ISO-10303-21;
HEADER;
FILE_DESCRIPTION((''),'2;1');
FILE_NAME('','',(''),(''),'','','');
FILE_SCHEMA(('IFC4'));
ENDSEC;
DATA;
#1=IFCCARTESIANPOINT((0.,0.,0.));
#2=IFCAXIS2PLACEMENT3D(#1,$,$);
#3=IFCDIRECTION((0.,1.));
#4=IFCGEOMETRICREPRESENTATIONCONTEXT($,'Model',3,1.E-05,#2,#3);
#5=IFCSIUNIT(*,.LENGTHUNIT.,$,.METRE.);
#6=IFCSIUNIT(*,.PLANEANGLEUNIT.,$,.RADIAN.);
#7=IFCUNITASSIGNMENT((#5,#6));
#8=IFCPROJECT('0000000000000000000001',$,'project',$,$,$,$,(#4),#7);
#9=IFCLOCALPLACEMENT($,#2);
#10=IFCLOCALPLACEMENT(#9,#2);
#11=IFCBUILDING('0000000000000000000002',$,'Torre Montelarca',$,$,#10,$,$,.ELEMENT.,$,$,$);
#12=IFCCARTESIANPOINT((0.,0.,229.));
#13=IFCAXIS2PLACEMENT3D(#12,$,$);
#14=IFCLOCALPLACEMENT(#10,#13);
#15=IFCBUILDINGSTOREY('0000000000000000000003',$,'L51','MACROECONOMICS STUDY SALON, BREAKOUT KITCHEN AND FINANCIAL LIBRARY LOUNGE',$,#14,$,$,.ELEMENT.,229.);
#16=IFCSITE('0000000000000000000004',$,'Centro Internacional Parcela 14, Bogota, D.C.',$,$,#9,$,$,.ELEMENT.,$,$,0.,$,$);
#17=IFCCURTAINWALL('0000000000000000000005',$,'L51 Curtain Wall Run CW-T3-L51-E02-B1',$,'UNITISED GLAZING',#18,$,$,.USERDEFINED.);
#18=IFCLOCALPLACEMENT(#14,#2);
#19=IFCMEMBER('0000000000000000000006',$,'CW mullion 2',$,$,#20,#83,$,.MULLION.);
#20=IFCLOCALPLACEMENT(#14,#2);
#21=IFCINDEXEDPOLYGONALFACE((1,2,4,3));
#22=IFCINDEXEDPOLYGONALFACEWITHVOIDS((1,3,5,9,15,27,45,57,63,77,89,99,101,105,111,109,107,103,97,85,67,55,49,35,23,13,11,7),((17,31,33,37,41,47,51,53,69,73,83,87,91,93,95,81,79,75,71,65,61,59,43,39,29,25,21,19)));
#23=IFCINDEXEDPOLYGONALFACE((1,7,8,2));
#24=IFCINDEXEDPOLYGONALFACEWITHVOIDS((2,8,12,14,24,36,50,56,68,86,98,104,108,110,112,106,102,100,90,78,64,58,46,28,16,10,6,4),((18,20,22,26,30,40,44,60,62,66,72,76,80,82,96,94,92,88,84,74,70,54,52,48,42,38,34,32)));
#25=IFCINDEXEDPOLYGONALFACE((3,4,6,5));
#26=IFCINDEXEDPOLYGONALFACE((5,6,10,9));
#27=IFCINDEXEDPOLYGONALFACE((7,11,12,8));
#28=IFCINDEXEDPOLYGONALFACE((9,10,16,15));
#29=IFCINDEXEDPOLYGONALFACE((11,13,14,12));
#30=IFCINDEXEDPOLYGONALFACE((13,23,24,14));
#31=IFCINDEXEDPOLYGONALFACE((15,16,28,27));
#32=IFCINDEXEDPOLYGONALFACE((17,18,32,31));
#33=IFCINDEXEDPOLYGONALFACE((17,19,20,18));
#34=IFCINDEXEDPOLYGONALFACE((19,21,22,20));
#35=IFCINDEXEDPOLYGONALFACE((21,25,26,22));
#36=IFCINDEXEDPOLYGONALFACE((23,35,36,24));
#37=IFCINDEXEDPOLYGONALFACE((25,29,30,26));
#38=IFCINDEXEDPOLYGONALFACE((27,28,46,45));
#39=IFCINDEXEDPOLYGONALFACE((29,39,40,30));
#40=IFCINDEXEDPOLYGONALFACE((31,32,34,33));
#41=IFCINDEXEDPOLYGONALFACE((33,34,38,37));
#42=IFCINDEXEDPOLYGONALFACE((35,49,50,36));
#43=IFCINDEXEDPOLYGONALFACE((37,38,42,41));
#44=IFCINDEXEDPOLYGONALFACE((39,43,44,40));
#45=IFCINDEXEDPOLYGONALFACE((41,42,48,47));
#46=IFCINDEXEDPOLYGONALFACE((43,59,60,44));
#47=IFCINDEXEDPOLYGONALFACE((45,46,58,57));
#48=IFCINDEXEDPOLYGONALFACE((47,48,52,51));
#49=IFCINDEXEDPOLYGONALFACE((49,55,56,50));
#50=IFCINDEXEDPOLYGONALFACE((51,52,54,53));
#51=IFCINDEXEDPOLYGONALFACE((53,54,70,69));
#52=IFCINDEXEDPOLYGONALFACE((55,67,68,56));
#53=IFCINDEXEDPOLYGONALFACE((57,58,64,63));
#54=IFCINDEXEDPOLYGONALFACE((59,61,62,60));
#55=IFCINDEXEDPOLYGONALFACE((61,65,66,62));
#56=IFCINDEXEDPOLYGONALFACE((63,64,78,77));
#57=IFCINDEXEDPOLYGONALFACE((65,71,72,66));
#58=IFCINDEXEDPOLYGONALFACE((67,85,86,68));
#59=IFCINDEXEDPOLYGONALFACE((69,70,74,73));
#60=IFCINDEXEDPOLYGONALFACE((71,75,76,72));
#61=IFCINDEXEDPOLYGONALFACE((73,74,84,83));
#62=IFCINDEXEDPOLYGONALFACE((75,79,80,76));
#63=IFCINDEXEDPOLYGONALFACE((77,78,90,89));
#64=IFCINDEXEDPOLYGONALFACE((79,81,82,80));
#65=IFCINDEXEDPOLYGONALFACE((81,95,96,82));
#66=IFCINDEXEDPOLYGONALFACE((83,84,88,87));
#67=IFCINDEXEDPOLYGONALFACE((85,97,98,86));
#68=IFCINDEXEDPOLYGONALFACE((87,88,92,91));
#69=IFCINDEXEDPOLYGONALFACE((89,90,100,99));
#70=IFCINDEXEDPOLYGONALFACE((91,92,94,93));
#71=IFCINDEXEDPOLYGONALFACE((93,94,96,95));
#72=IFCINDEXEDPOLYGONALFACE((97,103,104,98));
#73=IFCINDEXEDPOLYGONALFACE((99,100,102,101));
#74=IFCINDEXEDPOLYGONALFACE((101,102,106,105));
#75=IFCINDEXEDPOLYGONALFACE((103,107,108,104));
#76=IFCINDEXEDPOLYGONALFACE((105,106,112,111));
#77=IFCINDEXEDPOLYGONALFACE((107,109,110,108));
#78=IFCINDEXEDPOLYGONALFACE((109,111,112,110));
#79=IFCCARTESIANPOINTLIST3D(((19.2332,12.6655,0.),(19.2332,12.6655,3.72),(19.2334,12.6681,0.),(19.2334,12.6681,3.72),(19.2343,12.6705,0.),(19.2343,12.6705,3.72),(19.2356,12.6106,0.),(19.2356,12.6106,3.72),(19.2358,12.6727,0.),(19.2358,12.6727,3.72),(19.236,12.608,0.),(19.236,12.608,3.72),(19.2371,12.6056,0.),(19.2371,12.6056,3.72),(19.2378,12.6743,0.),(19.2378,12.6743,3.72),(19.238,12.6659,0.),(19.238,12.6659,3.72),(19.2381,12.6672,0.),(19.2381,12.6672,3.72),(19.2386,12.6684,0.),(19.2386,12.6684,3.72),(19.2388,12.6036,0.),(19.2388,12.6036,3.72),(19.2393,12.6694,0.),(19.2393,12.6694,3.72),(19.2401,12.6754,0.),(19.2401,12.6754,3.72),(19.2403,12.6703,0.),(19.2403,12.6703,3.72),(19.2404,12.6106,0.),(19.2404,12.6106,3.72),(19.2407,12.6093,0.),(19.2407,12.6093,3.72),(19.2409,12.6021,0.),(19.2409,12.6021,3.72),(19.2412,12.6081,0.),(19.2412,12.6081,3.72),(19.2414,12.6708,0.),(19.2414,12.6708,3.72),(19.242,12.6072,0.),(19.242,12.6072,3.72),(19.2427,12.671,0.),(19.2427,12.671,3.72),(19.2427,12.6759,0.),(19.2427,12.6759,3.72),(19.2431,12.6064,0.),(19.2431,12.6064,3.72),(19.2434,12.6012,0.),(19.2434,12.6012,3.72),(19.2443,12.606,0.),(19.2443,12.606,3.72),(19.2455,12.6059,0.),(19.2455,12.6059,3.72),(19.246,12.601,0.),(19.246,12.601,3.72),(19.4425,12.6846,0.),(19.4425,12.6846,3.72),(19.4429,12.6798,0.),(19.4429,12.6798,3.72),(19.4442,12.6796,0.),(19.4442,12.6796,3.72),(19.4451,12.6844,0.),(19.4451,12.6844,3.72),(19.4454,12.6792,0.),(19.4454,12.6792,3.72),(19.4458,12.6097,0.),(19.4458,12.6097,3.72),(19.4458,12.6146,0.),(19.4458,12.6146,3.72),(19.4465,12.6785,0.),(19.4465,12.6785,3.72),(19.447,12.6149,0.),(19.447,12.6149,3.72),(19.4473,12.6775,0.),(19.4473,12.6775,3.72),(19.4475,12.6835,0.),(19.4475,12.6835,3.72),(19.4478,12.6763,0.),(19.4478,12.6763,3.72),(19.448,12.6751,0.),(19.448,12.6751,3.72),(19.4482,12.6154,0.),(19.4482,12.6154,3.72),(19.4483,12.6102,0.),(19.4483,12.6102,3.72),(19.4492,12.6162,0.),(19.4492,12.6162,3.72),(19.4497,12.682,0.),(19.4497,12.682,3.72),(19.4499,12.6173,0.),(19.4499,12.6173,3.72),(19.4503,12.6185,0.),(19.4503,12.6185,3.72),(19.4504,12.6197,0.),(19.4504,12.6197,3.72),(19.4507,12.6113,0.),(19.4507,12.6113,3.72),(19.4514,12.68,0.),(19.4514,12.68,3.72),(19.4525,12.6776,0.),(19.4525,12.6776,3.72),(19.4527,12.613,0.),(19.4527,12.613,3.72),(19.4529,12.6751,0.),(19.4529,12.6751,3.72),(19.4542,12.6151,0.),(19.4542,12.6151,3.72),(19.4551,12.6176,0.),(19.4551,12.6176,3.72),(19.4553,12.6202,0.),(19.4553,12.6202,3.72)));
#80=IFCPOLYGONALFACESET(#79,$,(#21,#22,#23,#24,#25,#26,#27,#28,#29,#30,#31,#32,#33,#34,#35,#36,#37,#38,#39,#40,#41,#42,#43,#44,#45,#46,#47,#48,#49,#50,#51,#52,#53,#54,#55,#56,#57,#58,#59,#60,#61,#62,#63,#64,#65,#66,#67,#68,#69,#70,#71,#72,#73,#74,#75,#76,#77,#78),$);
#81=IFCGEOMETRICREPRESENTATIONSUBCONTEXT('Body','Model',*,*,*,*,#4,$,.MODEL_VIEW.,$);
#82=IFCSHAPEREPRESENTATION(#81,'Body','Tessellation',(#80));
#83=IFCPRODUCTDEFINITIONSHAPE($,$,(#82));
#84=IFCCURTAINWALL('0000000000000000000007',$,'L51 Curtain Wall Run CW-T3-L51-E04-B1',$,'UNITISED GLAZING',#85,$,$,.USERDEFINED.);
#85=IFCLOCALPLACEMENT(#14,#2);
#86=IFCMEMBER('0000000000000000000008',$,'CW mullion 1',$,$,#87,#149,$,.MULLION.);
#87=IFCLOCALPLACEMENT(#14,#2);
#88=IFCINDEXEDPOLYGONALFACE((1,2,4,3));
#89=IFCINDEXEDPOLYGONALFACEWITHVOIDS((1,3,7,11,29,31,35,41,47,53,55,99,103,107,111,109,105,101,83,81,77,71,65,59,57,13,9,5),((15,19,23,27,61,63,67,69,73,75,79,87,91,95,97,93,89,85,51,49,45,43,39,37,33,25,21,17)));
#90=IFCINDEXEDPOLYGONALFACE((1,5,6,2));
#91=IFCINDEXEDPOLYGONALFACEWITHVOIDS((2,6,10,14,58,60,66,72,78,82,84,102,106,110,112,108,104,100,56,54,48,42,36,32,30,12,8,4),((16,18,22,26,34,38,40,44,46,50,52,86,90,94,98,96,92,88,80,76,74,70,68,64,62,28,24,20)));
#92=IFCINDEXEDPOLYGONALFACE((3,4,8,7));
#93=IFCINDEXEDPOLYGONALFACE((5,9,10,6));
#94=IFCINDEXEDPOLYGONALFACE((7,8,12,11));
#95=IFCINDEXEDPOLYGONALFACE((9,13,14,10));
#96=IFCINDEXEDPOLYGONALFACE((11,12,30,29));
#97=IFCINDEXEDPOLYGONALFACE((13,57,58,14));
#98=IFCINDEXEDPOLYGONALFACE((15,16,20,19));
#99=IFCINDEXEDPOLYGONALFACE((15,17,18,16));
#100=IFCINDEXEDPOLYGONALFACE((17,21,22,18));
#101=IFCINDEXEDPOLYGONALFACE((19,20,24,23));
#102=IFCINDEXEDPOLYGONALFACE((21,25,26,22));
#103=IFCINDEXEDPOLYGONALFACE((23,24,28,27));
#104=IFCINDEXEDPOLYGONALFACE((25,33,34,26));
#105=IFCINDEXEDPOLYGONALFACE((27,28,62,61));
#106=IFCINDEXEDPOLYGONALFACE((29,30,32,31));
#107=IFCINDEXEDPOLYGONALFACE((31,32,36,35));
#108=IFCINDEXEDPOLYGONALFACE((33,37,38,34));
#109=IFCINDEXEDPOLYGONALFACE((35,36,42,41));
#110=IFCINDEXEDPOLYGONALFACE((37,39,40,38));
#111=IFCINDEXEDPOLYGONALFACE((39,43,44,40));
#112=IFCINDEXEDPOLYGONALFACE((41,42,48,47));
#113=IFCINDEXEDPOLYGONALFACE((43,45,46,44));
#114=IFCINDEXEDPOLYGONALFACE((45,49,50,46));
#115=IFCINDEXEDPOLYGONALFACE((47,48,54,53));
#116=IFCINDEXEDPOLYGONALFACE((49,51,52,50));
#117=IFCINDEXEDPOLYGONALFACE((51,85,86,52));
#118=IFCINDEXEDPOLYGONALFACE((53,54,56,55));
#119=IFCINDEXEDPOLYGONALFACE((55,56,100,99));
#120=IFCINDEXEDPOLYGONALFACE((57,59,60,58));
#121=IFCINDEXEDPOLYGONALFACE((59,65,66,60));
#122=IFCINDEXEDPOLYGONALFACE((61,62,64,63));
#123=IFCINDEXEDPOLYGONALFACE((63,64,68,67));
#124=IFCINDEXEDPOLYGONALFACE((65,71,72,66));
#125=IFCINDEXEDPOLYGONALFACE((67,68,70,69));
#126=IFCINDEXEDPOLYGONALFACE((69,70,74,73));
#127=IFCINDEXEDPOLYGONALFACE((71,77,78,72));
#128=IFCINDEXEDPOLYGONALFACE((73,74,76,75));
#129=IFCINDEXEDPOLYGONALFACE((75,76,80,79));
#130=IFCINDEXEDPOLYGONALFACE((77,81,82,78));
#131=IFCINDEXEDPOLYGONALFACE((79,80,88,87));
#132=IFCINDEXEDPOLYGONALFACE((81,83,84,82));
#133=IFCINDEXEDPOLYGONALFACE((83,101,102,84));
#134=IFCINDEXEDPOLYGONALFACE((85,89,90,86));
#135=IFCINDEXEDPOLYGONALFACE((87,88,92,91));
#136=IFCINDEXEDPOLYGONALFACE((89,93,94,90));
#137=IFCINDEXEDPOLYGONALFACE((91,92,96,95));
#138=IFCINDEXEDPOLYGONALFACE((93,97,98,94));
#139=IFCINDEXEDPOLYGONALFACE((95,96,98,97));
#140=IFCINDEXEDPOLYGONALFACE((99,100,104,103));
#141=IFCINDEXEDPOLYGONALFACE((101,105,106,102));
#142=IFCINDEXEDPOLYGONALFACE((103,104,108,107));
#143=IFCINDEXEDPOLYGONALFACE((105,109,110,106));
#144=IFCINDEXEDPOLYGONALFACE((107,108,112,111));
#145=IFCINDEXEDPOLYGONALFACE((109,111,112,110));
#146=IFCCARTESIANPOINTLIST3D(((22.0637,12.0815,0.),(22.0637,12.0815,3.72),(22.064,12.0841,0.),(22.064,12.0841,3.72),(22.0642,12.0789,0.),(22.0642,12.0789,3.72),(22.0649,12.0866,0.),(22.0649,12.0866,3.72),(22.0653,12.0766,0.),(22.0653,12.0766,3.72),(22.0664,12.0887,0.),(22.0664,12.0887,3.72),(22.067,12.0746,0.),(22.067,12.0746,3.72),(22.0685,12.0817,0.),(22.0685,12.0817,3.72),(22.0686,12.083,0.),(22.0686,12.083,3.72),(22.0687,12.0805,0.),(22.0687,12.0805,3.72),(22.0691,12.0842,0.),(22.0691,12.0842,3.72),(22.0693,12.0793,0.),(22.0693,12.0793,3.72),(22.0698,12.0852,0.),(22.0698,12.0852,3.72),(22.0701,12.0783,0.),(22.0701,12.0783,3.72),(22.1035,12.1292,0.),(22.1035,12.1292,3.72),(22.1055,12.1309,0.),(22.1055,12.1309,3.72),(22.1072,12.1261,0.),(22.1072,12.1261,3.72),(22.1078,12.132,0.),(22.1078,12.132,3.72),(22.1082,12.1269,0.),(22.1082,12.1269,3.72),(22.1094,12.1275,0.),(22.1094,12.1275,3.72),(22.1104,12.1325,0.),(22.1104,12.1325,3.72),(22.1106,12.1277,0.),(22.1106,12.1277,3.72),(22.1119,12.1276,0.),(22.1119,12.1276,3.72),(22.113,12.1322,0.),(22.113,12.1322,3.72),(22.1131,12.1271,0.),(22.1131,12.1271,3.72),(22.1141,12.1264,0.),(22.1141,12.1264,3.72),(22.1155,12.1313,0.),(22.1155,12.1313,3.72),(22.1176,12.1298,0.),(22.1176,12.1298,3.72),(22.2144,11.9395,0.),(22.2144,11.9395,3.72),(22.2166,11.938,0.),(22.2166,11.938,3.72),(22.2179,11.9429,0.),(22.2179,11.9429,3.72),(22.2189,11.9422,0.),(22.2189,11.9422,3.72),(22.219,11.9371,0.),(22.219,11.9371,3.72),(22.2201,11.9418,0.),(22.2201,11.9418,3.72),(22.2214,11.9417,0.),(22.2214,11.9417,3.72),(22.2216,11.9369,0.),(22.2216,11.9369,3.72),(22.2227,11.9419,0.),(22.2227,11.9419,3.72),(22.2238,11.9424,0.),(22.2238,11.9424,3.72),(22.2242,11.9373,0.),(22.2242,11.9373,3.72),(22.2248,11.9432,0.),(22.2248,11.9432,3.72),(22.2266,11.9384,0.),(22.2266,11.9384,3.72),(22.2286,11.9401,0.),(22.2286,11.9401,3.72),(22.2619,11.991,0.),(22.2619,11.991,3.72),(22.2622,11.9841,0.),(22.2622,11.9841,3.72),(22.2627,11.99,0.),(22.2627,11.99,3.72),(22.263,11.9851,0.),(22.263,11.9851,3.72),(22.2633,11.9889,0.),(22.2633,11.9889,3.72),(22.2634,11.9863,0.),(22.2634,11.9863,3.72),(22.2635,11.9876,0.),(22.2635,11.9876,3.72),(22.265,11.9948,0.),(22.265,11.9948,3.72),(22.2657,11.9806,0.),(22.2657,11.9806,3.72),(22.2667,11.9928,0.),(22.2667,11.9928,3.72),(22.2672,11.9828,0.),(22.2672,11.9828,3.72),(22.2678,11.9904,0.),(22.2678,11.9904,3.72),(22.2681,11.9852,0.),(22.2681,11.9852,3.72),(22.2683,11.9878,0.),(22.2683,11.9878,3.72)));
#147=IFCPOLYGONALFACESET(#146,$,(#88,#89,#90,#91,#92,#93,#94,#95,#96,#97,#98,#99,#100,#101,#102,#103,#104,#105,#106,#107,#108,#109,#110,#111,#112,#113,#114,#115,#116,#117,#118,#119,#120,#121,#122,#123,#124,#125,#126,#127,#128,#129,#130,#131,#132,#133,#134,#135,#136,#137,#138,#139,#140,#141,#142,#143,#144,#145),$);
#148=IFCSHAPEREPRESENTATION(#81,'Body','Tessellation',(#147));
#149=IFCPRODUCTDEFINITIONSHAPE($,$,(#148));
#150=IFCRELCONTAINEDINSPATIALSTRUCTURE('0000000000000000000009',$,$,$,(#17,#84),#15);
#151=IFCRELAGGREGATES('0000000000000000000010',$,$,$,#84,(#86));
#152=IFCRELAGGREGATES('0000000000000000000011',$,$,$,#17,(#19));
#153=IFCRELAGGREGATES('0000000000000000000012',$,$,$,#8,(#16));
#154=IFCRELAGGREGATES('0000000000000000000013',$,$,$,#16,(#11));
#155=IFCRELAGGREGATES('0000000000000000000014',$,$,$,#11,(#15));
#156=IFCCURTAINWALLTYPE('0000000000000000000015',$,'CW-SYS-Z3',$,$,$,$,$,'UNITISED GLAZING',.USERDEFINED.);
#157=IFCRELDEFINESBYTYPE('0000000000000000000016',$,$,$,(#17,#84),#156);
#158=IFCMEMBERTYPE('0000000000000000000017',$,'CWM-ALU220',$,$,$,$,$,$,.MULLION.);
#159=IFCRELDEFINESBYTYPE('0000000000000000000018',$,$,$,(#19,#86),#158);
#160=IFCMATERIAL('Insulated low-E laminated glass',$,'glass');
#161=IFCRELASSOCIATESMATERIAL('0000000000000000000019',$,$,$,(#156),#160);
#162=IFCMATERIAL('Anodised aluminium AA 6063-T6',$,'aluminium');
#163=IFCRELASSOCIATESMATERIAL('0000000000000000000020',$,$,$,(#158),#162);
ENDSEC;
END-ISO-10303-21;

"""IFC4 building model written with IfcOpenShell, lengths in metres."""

from ifc_helpers import new_model, si_unit, direction, frame, origin, origin_2d, place, context, subcontext, project, spatial, hollow_rectangle, extrude, source, transform, mapped, material, material_profile, profile_set, type_object, element, aggregate, save


model = new_model("IFC4")

# Units and contexts
model_context = context("Model", 3, precision=1e-05, world=origin(), true_north=direction((0.0, 1.0)))
body_context = subcontext(model_context, "Body", "Model", "MODEL_VIEW")
ifc_project = project(units=[si_unit("LENGTHUNIT", "METRE"), si_unit("PLANEANGLEUNIT", "RADIAN")], contexts=[model_context])

# Site, building, storey
site_placement = place(None, origin())
site = spatial("IfcSite", under=ifc_project, at=site_placement, Name="Centro Internacional Parcela 14, Bogota, D.C.", CompositionType="ELEMENT", RefElevation=0.0)
building_placement = place(site_placement, origin())
building = spatial("IfcBuilding", under=site, at=building_placement, Name="Torre Montelarca", CompositionType="ELEMENT")
storey_placement = place(building_placement, frame((0.0, 0.0, 229.0)))
storey = spatial("IfcBuildingStorey", under=building, at=storey_placement, Name="L51", Description="MACROECONOMICS STUDY SALON, BREAKOUT KITCHEN AND FINANCIAL LIBRARY LOUNGE", CompositionType="ELEMENT", Elevation=229.0)

# Curtain wall
ifc_material_1 = material(Name="Insulated low-E laminated glass", Category="glass")
curtain_wall_type = type_object("IfcCurtainWallType", Name="CW-SYS-Z3", ElementType="UNITISED GLAZING", PredefinedType="USERDEFINED", material=ifc_material_1)
curtain_wall_1_placement = place(storey_placement, origin())
curtain_wall_1 = element("IfcCurtainWall", 1, at=curtain_wall_1_placement, inside=storey, type_object=curtain_wall_type, Name="L51 Curtain Wall Run CW-T3-L51-E02-B1", ObjectType="UNITISED GLAZING", PredefinedType="USERDEFINED")
ifc_material_2 = material(Name="Anodised aluminium AA 6063-T6", Category="aluminium")
ifc_material_profile_1 = material_profile(ifc_material_2, hollow_rectangle(XDim=0.075, YDim=0.22, WallThickness=0.0049, InnerFilletRadius=0.0049, OuterFilletRadius=0.01, at=origin_2d()), Name="ALU75X220X5", Category="aluminium")
ifc_profile_set_1 = profile_set([ifc_material_profile_1], Name="Anodised aluminium AA 6063-T6")
member_type_1 = type_object("IfcMemberType", Name="CWM-ALU220", PredefinedType="MULLION", material=ifc_profile_set_1)
shared_shape_1 = source(origin(), body_context, "Body", "SweptSolid", [
    extrude(hollow_rectangle(XDim=0.075, YDim=0.22, WallThickness=0.0049, InnerFilletRadius=0.0049, OuterFilletRadius=0.01, at=origin_2d()), origin(), (0.0, 0.0, 1.0), 3.72),
])

# Member
member_1_placement = place(storey_placement, frame((19.3442, 12.6428, 0.0), z_axis=(0.0, 0.0, 1.0), x_axis=(-0.043625, 0.999048, 0.0)))
member_1 = element("IfcMember", 2, at=member_1_placement, type_object=member_type_1, Name="CW mullion 2", PredefinedType="MULLION", context=body_context, shape_type="MappedRepresentation", body=[
    mapped(shared_shape_1, transform((0.0, 0.0, 0.0), scale=1.0)),
])

# Curtain wall, member
curtain_wall_2_placement = place(storey_placement, origin())
curtain_wall_2 = element("IfcCurtainWall", 3, at=curtain_wall_2_placement, inside=storey, type_object=curtain_wall_type, Name="L51 Curtain Wall Run CW-T3-L51-E04-B1", ObjectType="UNITISED GLAZING", PredefinedType="USERDEFINED")
member_2_placement = place(storey_placement, frame((22.166, 12.0347, 0.0), z_axis=(0.0, 0.0, 1.0), x_axis=(0.675572, 0.737294, 0.0)))
member_2 = element("IfcMember", 4, at=member_2_placement, type_object=member_type_1, Name="CW mullion 1", PredefinedType="MULLION", context=body_context, shape_type="MappedRepresentation", body=[
    mapped(shared_shape_1, transform((0.0, 0.0, 0.0), scale=1.0)),
])
aggregate(curtain_wall_2, [member_2])

aggregate(curtain_wall_1, [member_1])

save(model, "model.ifc")
